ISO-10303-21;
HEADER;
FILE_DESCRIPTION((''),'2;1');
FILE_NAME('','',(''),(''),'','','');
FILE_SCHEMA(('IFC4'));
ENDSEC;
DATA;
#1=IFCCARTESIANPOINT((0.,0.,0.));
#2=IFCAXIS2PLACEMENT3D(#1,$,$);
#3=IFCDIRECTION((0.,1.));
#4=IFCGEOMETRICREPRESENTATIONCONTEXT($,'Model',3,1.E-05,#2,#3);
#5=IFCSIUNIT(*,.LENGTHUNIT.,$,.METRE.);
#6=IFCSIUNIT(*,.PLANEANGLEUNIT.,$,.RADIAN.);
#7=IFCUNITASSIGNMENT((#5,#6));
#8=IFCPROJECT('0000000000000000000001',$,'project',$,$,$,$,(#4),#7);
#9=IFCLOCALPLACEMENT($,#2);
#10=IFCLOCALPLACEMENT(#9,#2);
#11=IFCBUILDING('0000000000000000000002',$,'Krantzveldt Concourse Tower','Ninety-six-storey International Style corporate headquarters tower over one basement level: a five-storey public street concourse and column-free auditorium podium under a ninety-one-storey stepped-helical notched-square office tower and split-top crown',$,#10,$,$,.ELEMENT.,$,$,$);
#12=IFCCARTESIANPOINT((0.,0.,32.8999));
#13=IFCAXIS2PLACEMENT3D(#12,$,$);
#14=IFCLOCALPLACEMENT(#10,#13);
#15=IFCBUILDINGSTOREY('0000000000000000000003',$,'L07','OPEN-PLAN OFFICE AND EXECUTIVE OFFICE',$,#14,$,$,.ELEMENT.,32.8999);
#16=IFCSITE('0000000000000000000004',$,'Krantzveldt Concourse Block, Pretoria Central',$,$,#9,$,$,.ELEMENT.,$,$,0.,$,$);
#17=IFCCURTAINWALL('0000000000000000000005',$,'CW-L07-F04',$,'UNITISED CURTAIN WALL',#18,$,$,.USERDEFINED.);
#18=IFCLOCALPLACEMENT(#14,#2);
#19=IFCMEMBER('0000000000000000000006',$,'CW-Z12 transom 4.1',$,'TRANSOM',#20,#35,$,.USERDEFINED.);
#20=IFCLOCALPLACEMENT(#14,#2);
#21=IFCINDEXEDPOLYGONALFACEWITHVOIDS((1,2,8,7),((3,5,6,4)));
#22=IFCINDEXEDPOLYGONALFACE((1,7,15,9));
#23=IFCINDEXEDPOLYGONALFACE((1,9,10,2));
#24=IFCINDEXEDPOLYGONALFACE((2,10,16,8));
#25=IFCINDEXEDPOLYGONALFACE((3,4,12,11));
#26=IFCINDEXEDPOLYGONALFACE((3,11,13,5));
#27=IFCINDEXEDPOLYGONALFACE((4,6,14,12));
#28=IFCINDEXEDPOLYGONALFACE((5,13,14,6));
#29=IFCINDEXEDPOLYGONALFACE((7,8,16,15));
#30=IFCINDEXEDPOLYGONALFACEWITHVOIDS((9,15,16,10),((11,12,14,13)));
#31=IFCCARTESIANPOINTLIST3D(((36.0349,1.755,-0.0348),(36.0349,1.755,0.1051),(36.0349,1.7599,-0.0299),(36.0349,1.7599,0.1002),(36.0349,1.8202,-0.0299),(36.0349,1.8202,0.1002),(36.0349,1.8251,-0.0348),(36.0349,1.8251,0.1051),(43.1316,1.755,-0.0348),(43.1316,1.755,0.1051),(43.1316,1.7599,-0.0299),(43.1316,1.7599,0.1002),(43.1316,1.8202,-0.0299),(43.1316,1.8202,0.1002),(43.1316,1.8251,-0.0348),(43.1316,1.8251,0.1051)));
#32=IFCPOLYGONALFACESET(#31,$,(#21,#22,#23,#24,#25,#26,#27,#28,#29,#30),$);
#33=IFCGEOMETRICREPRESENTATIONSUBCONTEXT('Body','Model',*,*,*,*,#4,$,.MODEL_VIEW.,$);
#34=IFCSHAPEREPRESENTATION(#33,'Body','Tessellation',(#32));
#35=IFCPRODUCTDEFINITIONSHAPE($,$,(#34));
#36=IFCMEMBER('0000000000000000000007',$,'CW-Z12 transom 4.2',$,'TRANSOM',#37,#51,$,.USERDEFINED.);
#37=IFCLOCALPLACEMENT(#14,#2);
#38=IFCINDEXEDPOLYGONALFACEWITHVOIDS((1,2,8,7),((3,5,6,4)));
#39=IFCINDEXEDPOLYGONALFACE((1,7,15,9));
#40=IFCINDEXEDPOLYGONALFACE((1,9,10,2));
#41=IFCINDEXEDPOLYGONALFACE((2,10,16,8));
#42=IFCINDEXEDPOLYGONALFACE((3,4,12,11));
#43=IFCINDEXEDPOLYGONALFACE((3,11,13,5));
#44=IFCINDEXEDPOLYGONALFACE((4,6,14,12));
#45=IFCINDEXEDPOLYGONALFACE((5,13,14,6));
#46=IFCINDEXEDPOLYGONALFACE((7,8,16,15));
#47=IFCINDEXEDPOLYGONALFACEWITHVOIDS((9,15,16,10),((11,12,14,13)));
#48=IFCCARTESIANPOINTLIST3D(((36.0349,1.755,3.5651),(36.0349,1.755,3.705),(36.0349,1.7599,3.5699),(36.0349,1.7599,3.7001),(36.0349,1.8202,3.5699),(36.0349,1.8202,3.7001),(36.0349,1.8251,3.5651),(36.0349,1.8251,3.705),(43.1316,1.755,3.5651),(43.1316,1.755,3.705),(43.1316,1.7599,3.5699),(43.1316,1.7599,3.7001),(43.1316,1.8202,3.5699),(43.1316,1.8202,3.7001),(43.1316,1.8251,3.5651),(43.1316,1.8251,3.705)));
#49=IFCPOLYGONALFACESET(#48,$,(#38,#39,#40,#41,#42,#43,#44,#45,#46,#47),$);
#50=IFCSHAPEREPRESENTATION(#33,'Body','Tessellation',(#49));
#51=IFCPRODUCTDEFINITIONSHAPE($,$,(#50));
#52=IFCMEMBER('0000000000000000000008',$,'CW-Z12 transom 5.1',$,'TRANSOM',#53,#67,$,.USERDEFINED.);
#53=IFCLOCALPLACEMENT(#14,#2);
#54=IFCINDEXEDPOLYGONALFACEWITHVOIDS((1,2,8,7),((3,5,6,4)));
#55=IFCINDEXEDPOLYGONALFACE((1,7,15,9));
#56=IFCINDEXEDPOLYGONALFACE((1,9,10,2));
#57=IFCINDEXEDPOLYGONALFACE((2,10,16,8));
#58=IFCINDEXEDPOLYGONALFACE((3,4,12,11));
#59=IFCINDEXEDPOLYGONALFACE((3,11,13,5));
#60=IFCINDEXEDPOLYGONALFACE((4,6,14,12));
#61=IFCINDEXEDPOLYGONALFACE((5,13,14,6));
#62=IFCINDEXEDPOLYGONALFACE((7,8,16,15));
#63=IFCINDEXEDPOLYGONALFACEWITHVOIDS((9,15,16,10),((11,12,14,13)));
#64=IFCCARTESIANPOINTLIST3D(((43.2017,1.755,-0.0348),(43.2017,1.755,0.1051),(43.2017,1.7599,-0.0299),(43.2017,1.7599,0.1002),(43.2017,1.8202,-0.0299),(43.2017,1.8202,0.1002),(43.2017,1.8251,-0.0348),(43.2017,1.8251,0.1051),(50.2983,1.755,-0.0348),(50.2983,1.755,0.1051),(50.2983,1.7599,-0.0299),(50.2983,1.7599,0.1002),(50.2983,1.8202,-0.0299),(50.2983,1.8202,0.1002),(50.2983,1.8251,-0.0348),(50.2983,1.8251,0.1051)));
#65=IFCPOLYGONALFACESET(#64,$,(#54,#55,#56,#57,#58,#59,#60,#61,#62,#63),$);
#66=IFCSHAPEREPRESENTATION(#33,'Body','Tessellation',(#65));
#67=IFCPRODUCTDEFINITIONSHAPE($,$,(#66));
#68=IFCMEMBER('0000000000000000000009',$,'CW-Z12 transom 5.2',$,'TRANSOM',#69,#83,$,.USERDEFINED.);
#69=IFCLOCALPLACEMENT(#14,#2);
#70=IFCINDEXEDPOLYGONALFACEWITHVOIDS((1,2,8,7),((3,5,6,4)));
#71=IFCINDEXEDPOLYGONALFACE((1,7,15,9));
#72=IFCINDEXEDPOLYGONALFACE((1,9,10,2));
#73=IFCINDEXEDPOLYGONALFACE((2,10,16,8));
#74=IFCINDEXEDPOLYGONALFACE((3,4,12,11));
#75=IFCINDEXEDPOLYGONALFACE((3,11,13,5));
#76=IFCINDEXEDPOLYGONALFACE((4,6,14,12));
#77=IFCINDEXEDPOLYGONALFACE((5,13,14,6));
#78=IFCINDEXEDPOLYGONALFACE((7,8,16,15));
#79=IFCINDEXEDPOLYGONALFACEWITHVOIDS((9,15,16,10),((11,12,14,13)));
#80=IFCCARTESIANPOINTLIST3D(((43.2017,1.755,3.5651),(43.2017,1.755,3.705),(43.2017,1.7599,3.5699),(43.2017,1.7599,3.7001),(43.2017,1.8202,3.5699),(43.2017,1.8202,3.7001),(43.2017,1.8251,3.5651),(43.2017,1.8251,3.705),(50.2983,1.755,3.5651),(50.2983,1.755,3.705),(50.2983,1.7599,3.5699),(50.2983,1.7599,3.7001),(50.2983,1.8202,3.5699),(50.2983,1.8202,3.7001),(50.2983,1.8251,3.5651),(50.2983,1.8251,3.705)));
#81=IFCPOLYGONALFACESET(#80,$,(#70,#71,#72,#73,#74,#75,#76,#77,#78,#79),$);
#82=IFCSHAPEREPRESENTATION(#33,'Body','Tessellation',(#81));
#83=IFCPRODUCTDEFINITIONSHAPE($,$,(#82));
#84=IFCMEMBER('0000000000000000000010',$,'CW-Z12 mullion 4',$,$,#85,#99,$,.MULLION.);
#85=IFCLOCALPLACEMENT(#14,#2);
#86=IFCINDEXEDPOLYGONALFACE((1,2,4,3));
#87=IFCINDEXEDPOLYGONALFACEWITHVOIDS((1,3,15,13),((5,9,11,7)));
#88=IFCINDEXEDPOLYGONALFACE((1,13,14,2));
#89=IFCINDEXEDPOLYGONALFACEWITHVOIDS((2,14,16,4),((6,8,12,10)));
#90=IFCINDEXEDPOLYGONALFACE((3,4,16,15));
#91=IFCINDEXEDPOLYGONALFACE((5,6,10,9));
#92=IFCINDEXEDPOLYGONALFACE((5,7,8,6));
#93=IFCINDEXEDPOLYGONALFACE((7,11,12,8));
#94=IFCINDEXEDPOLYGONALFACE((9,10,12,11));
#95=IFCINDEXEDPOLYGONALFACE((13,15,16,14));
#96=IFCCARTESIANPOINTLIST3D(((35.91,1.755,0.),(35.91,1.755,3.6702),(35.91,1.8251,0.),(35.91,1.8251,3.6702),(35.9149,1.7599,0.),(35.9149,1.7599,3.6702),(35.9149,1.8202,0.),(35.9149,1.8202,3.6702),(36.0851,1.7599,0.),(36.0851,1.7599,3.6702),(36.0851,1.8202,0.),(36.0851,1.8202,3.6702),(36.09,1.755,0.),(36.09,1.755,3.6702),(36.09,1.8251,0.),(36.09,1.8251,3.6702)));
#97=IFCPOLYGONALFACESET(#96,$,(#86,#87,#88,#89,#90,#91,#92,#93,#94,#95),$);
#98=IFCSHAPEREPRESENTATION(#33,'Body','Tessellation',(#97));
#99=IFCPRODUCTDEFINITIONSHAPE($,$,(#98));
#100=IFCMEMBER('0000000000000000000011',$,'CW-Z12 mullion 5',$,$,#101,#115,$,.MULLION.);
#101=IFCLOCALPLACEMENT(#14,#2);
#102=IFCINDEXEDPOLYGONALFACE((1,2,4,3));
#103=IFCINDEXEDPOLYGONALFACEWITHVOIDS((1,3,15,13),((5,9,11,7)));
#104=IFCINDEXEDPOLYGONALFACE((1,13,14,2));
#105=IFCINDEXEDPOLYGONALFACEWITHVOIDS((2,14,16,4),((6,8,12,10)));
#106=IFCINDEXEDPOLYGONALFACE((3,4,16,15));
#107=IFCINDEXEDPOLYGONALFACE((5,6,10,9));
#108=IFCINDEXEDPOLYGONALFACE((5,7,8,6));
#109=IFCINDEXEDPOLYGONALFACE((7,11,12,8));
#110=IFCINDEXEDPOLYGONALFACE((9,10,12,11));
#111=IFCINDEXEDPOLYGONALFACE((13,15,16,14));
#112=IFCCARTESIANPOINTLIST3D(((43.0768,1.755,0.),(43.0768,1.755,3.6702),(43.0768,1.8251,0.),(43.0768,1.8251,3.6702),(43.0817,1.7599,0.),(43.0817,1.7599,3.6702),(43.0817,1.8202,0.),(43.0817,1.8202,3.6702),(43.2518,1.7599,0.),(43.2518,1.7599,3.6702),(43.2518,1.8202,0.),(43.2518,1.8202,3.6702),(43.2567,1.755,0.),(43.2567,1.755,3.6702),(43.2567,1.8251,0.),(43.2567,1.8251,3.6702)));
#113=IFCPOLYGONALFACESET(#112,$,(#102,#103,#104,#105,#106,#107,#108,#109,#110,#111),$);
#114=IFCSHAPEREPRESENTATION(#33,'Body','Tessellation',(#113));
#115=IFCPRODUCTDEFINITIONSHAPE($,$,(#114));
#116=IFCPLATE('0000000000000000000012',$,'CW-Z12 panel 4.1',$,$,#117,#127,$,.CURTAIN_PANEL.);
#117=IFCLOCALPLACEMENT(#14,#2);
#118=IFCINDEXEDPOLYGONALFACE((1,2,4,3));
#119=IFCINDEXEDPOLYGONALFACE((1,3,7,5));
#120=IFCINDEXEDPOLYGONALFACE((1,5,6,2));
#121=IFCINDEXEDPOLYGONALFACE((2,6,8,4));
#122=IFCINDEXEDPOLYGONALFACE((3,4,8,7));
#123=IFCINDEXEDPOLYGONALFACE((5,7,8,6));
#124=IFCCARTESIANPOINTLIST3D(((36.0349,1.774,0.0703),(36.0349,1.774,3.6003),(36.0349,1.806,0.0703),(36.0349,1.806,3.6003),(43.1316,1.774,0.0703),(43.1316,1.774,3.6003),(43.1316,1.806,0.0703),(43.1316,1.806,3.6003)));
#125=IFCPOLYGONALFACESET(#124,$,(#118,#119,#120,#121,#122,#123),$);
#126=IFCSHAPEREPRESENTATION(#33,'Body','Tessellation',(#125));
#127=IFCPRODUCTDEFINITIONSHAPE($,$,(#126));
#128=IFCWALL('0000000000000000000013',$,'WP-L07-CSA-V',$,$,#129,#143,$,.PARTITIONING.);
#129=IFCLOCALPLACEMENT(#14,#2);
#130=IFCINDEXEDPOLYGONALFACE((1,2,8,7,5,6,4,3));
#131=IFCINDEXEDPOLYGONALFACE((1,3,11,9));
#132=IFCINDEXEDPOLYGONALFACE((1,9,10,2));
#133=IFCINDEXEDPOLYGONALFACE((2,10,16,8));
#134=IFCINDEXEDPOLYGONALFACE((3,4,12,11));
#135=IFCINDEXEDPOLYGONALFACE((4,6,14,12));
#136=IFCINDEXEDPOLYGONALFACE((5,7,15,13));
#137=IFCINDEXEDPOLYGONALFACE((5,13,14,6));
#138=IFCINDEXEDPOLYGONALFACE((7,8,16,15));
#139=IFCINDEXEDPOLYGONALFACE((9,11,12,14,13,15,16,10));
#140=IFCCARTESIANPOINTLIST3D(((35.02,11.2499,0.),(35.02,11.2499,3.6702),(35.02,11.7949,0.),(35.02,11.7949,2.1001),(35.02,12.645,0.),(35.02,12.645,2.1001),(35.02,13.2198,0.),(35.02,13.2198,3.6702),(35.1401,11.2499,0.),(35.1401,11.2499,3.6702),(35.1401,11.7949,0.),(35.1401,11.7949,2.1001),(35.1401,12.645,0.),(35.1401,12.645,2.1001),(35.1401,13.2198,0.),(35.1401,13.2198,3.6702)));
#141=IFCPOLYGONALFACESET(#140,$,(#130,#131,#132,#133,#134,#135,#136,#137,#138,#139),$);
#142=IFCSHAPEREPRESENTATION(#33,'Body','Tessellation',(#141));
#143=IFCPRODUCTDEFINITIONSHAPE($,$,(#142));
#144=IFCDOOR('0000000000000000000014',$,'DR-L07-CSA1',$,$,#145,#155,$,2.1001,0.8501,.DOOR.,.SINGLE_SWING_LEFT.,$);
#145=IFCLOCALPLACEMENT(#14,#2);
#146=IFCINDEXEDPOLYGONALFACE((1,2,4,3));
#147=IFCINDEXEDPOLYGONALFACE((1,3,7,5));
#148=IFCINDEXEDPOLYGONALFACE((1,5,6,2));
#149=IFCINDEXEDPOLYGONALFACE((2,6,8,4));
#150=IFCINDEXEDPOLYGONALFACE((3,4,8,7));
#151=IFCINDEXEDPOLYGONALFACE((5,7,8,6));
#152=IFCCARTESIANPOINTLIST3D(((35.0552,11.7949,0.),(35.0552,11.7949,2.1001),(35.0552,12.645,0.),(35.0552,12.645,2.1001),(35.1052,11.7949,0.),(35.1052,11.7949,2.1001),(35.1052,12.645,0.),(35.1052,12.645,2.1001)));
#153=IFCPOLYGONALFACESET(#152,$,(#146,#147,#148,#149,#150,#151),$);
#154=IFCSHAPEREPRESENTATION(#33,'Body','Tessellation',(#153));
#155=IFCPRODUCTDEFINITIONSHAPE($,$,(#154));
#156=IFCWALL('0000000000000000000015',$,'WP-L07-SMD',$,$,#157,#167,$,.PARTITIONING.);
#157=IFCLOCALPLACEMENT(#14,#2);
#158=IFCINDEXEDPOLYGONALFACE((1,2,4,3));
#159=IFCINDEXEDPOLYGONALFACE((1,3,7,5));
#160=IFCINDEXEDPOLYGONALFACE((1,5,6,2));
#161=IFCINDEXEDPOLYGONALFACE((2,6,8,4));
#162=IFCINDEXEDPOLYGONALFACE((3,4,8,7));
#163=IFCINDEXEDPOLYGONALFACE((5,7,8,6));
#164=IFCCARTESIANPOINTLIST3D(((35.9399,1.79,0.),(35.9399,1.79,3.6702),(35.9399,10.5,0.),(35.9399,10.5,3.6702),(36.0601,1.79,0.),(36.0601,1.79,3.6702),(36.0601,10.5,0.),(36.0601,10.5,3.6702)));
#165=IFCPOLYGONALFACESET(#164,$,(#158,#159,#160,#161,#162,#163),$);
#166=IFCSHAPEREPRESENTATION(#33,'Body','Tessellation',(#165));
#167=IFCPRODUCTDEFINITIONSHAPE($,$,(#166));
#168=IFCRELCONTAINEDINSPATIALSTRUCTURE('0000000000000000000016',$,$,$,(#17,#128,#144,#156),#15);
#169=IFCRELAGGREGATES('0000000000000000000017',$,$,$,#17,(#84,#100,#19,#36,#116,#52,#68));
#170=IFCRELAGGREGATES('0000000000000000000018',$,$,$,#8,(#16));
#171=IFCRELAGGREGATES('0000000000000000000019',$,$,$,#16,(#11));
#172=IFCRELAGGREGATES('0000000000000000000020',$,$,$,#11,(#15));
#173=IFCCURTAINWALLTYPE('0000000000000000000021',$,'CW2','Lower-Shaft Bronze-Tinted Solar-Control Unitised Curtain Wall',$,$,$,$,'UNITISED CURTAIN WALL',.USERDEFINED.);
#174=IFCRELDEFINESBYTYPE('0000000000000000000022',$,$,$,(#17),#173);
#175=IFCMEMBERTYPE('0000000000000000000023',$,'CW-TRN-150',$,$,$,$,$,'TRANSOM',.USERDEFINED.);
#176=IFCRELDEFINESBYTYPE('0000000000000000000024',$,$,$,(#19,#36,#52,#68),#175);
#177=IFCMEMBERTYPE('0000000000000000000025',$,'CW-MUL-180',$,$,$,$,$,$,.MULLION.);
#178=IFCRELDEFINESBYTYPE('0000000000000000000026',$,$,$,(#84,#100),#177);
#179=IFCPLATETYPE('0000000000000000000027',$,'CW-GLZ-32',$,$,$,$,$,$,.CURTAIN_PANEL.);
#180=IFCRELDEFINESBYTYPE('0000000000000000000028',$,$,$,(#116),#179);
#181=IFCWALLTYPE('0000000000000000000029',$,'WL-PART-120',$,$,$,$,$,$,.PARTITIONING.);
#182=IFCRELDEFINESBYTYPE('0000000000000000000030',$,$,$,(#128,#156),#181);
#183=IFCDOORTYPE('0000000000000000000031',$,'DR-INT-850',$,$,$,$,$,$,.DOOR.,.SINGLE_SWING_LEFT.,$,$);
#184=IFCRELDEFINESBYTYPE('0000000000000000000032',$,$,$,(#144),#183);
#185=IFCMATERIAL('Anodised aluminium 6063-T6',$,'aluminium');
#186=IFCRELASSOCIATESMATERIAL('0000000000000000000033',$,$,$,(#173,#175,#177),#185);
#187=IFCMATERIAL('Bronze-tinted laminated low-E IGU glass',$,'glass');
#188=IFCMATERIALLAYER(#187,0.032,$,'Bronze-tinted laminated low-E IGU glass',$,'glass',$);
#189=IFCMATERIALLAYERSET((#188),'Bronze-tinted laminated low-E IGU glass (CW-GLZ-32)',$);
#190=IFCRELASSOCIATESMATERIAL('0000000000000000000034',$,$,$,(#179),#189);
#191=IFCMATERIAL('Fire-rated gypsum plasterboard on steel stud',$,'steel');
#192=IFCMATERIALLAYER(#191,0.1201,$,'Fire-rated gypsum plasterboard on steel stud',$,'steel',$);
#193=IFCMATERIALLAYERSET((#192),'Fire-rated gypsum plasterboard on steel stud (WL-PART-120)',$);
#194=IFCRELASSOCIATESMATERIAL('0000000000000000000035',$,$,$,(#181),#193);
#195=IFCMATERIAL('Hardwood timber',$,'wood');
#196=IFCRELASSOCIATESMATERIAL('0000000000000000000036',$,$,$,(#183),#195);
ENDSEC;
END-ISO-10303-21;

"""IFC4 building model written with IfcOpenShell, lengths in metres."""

from ifc_helpers import new_model, si_unit, direction, frame, frame_2d, origin, origin_2d, place, context, subcontext, project, spatial, rectangle, hollow_rectangle, extrude, source, transform, mapped, material, layer, layer_set, material_profile, profile_set, type_object, type_shapes, element, fill, aggregate, save


model = new_model("IFC4")

# Units and contexts
model_context = context("Model", 3, precision=1e-05, world=origin(), true_north=direction((0.0, 1.0)))
body_context = subcontext(model_context, "Body", "Model", "MODEL_VIEW")
ifc_project = project(units=[si_unit("LENGTHUNIT", "METRE"), si_unit("PLANEANGLEUNIT", "RADIAN")], contexts=[model_context])

# Site, building, storey
site_placement = place(None, origin())
site = spatial("IfcSite", under=ifc_project, at=site_placement, Name="Krantzveldt Concourse Block, Pretoria Central", CompositionType="ELEMENT", RefElevation=0.0)
building_placement = place(site_placement, origin())
building = spatial("IfcBuilding", under=site, at=building_placement, Name="Krantzveldt Concourse Tower", Description="Ninety-six-storey International Style corporate headquarters tower over one basement level: a five-storey public street concourse and column-free auditorium podium under a ninety-one-storey stepped-helical notched-square office tower and split-top crown", CompositionType="ELEMENT")
storey_placement = place(building_placement, frame((0.0, 0.0, 32.8999)))
storey = spatial("IfcBuildingStorey", under=building, at=storey_placement, Name="L07", Description="OPEN-PLAN OFFICE AND EXECUTIVE OFFICE", CompositionType="ELEMENT", Elevation=32.8999)

# Curtain wall, members, plate
ifc_material_1 = material(Name="Anodised aluminium 6063-T6", Category="aluminium")
curtain_wall_type = type_object("IfcCurtainWallType", Name="CW2", Description="Lower-Shaft Bronze-Tinted Solar-Control Unitised Curtain Wall", ElementType="UNITISED CURTAIN WALL", PredefinedType="USERDEFINED", material=ifc_material_1)
curtain_wall_placement = place(storey_placement, origin())
curtain_wall = element("IfcCurtainWall", 1, at=curtain_wall_placement, inside=storey, type_object=curtain_wall_type, Name="CW-L07-F04", ObjectType="UNITISED CURTAIN WALL", PredefinedType="USERDEFINED")
ifc_material_profile_1 = material_profile(ifc_material_1, hollow_rectangle(XDim=0.0701, YDim=0.1399, WallThickness=0.0049, at=origin_2d()), Name="Anodised aluminium 6063-T6", Category="aluminium")
ifc_profile_set_1 = profile_set([ifc_material_profile_1], Name="Anodised aluminium 6063-T6 - ALU-TRAN 140x70x5")
member_type_1 = type_object("IfcMemberType", Name="CW-TRN-150", ElementType="TRANSOM", PredefinedType="USERDEFINED", material=ifc_profile_set_1)
shared_shape_1 = source(origin(), body_context, "Body", "SweptSolid", [
    extrude(hollow_rectangle(XDim=0.0701, YDim=0.1399, WallThickness=0.0049, at=origin_2d()), origin(), (0.0, 0.0, 1.0), 7.0967),
])
type_shapes(member_type_1, [shared_shape_1])
member_1_placement = place(storey_placement, frame((36.0349, 1.79, 0.0352), z_axis=(1.0, 0.0, 0.0), x_axis=(0.0, 1.0, 0.0)))
member_1 = element("IfcMember", 2, at=member_1_placement, type_object=member_type_1, Name="CW-Z12 transom 4.1", ObjectType="TRANSOM", PredefinedType="USERDEFINED", context=body_context, shape_type="MappedRepresentation", body=[
    mapped(shared_shape_1, transform((0.0, 0.0, 0.0), x_axis=(1.0, 0.0, 0.0), y_axis=(0.0, 1.0, 0.0), z_axis=(0.0, 0.0, 1.0), scale=1.0)),
])
member_2_placement = place(storey_placement, frame((36.0349, 1.79, 3.635), z_axis=(1.0, 0.0, 0.0), x_axis=(0.0, 1.0, 0.0)))
member_2 = element("IfcMember", 3, at=member_2_placement, type_object=member_type_1, Name="CW-Z12 transom 4.2", ObjectType="TRANSOM", PredefinedType="USERDEFINED", context=body_context, shape_type="MappedRepresentation", body=[
    mapped(shared_shape_1, transform((0.0, 0.0, 0.0), x_axis=(1.0, 0.0, 0.0), y_axis=(0.0, 1.0, 0.0), z_axis=(0.0, 0.0, 1.0), scale=1.0)),
])
member_3_placement = place(storey_placement, frame((43.2017, 1.79, 0.0352), z_axis=(1.0, 0.0, 0.0), x_axis=(0.0, 1.0, 0.0)))
member_3 = element("IfcMember", 4, at=member_3_placement, type_object=member_type_1, Name="CW-Z12 transom 5.1", ObjectType="TRANSOM", PredefinedType="USERDEFINED", context=body_context, shape_type="MappedRepresentation", body=[
    mapped(shared_shape_1, transform((0.0, 0.0, 0.0), x_axis=(1.0, 0.0, 0.0), y_axis=(0.0, 1.0, 0.0), z_axis=(0.0, 0.0, 1.0), scale=1.0)),
])
member_4_placement = place(storey_placement, frame((43.2017, 1.79, 3.635), z_axis=(1.0, 0.0, 0.0), x_axis=(0.0, 1.0, 0.0)))
member_4 = element("IfcMember", 5, at=member_4_placement, type_object=member_type_1, Name="CW-Z12 transom 5.2", ObjectType="TRANSOM", PredefinedType="USERDEFINED", context=body_context, shape_type="MappedRepresentation", body=[
    mapped(shared_shape_1, transform((0.0, 0.0, 0.0), x_axis=(1.0, 0.0, 0.0), y_axis=(0.0, 1.0, 0.0), z_axis=(0.0, 0.0, 1.0), scale=1.0)),
])
ifc_material_profile_2 = material_profile(ifc_material_1, hollow_rectangle(XDim=0.0701, YDim=0.1799, WallThickness=0.0049, at=origin_2d()), Name="Anodised aluminium 6063-T6", Category="aluminium")
ifc_profile_set_2 = profile_set([ifc_material_profile_2], Name="Anodised aluminium 6063-T6 - ALU-MULL 180x70x5")
member_type_2 = type_object("IfcMemberType", Name="CW-MUL-180", PredefinedType="MULLION", material=ifc_profile_set_2)
shared_shape_2 = source(origin(), body_context, "Body", "SweptSolid", [
    extrude(hollow_rectangle(XDim=0.0701, YDim=0.1799, WallThickness=0.0049, at=origin_2d()), origin(), (0.0, 0.0, 1.0), 3.6702),
])
type_shapes(member_type_2, [shared_shape_2])
member_5_placement = place(storey_placement, frame((36.0, 1.79, 0.0), z_axis=(0.0, 0.0, 1.0), x_axis=(0.0, 1.0, 0.0)))
member_5 = element("IfcMember", 6, at=member_5_placement, type_object=member_type_2, Name="CW-Z12 mullion 4", PredefinedType="MULLION", context=body_context, shape_type="MappedRepresentation", body=[
    mapped(shared_shape_2, transform((0.0, 0.0, 0.0), x_axis=(1.0, 0.0, 0.0), y_axis=(0.0, 1.0, 0.0), z_axis=(0.0, 0.0, 1.0), scale=1.0)),
])
member_6_placement = place(storey_placement, frame((43.1667, 1.79, 0.0), z_axis=(0.0, 0.0, 1.0), x_axis=(0.0, 1.0, 0.0)))
member_6 = element("IfcMember", 7, at=member_6_placement, type_object=member_type_2, Name="CW-Z12 mullion 5", PredefinedType="MULLION", context=body_context, shape_type="MappedRepresentation", body=[
    mapped(shared_shape_2, transform((0.0, 0.0, 0.0), x_axis=(1.0, 0.0, 0.0), y_axis=(0.0, 1.0, 0.0), z_axis=(0.0, 0.0, 1.0), scale=1.0)),
])
ifc_material_2 = material(Name="Bronze-tinted laminated low-E IGU glass", Category="glass")
ifc_layer_1 = layer(ifc_material_2, 0.032, Name="Bronze-tinted laminated low-E IGU glass", Category="glass")
ifc_layer_set_1 = layer_set([ifc_layer_1], Name="Bronze-tinted laminated low-E IGU glass (CW-GLZ-32)")
plate_type = type_object("IfcPlateType", Name="CW-GLZ-32", PredefinedType="CURTAIN_PANEL", material=ifc_layer_set_1)
shared_shape_3 = source(origin(), body_context, "Body", "SweptSolid", [
    extrude(rectangle(XDim=7.0967, YDim=0.032, at=origin_2d()), origin(), (0.0, 0.0, 1.0), 3.53),
])
type_shapes(plate_type, [shared_shape_3])
plate_placement = place(storey_placement, frame((39.5833, 1.79, 0.0703), z_axis=(0.0, 0.0, 1.0), x_axis=(1.0, 0.0, 0.0)))
plate = element("IfcPlate", 8, at=plate_placement, type_object=plate_type, Name="CW-Z12 panel 4.1", PredefinedType="CURTAIN_PANEL", context=body_context, shape_type="MappedRepresentation", body=[
    mapped(shared_shape_3, transform((0.0, 0.0, 0.0), x_axis=(1.0, 0.0, 0.0), y_axis=(0.0, 1.0, 0.0), z_axis=(0.0, 0.0, 1.0), scale=1.0)),
])
aggregate(curtain_wall, [member_5, member_6, member_1, member_2, plate, member_3, member_4])

# Wall, opening, door
ifc_material_3 = material(Name="Fire-rated gypsum plasterboard on steel stud", Category="steel")
ifc_layer_2 = layer(ifc_material_3, 0.1201, Name="Fire-rated gypsum plasterboard on steel stud", Category="steel")
ifc_layer_set_2 = layer_set([ifc_layer_2], Name="Fire-rated gypsum plasterboard on steel stud (WL-PART-120)")
wall_type_1 = type_object("IfcWallType", Name="WL-PART-120", PredefinedType="PARTITIONING", material=ifc_layer_set_2)
wall_1_placement = place(storey_placement, frame((35.0801, 11.25, 0.0), z_axis=(0.0, 0.0, 1.0), x_axis=(0.0, 1.0, 0.0)))
wall_1 = element("IfcWall", 9, at=wall_1_placement, inside=storey, type_object=wall_type_1, Name="WP-L07-CSA-V", PredefinedType="PARTITIONING", context=body_context, shape_type="SweptSolid", body=[
    extrude(rectangle(XDim=1.97, YDim=0.1201, at=frame_2d((0.9849, 0.0))), origin(), (0.0, 0.0, 1.0), 3.6702),
])
opening_1_placement = place(wall_1_placement, frame((0.5449, 0.0, 0.0)))
opening_1 = element("IfcOpeningElement", 10, at=opening_1_placement, cuts=wall_1, PredefinedType="OPENING", context=body_context, shape_type="SweptSolid", body=[
    extrude(rectangle(XDim=0.8501, YDim=2.1001, at=frame_2d((0.425, 1.05))), frame((0.0, 0.0701, 0.0), z_axis=(0.0, -1.0, 0.0), x_axis=(1.0, 0.0, 0.0)), (0.0, 0.0, 1.0), 0.1401),
])
ifc_material_4 = material(Name="Hardwood timber", Category="wood")
door_type_1 = type_object("IfcDoorType", Name="DR-INT-850", OperationType="SINGLE_SWING_LEFT", PredefinedType="DOOR", material=ifc_material_4)
door_1_placement = place(opening_1_placement, origin())
door_1 = element("IfcDoor", 11, at=door_1_placement, inside=storey, type_object=door_type_1, Name="DR-L07-CSA1", OperationType="SINGLE_SWING_LEFT", OverallHeight=2.1001, OverallWidth=0.8501, PredefinedType="DOOR", context=body_context, shape_type="SweptSolid", body=[
    extrude(rectangle(XDim=0.8501, YDim=2.1001, at=frame_2d((0.425, 1.05))), frame((0.0, 0.0249, 0.0), z_axis=(0.0, -1.0, 0.0), x_axis=(1.0, 0.0, 0.0)), (0.0, 0.0, 1.0), 0.05),
])
fill(opening_1, door_1)

# Wall
wall_2_placement = place(storey_placement, frame((36.0, 1.79, 0.0), z_axis=(0.0, 0.0, 1.0), x_axis=(0.0, 1.0, 0.0)))
element("IfcWall", 12, at=wall_2_placement, inside=storey, type_object=wall_type_1, Name="WP-L07-SMD", PredefinedType="PARTITIONING", context=body_context, shape_type="SweptSolid", body=[
    extrude(rectangle(XDim=8.71, YDim=0.1201, at=frame_2d((4.355, 0.0))), origin(), (0.0, 0.0, 1.0), 3.6702),
])

save(model, "model.ifc")
